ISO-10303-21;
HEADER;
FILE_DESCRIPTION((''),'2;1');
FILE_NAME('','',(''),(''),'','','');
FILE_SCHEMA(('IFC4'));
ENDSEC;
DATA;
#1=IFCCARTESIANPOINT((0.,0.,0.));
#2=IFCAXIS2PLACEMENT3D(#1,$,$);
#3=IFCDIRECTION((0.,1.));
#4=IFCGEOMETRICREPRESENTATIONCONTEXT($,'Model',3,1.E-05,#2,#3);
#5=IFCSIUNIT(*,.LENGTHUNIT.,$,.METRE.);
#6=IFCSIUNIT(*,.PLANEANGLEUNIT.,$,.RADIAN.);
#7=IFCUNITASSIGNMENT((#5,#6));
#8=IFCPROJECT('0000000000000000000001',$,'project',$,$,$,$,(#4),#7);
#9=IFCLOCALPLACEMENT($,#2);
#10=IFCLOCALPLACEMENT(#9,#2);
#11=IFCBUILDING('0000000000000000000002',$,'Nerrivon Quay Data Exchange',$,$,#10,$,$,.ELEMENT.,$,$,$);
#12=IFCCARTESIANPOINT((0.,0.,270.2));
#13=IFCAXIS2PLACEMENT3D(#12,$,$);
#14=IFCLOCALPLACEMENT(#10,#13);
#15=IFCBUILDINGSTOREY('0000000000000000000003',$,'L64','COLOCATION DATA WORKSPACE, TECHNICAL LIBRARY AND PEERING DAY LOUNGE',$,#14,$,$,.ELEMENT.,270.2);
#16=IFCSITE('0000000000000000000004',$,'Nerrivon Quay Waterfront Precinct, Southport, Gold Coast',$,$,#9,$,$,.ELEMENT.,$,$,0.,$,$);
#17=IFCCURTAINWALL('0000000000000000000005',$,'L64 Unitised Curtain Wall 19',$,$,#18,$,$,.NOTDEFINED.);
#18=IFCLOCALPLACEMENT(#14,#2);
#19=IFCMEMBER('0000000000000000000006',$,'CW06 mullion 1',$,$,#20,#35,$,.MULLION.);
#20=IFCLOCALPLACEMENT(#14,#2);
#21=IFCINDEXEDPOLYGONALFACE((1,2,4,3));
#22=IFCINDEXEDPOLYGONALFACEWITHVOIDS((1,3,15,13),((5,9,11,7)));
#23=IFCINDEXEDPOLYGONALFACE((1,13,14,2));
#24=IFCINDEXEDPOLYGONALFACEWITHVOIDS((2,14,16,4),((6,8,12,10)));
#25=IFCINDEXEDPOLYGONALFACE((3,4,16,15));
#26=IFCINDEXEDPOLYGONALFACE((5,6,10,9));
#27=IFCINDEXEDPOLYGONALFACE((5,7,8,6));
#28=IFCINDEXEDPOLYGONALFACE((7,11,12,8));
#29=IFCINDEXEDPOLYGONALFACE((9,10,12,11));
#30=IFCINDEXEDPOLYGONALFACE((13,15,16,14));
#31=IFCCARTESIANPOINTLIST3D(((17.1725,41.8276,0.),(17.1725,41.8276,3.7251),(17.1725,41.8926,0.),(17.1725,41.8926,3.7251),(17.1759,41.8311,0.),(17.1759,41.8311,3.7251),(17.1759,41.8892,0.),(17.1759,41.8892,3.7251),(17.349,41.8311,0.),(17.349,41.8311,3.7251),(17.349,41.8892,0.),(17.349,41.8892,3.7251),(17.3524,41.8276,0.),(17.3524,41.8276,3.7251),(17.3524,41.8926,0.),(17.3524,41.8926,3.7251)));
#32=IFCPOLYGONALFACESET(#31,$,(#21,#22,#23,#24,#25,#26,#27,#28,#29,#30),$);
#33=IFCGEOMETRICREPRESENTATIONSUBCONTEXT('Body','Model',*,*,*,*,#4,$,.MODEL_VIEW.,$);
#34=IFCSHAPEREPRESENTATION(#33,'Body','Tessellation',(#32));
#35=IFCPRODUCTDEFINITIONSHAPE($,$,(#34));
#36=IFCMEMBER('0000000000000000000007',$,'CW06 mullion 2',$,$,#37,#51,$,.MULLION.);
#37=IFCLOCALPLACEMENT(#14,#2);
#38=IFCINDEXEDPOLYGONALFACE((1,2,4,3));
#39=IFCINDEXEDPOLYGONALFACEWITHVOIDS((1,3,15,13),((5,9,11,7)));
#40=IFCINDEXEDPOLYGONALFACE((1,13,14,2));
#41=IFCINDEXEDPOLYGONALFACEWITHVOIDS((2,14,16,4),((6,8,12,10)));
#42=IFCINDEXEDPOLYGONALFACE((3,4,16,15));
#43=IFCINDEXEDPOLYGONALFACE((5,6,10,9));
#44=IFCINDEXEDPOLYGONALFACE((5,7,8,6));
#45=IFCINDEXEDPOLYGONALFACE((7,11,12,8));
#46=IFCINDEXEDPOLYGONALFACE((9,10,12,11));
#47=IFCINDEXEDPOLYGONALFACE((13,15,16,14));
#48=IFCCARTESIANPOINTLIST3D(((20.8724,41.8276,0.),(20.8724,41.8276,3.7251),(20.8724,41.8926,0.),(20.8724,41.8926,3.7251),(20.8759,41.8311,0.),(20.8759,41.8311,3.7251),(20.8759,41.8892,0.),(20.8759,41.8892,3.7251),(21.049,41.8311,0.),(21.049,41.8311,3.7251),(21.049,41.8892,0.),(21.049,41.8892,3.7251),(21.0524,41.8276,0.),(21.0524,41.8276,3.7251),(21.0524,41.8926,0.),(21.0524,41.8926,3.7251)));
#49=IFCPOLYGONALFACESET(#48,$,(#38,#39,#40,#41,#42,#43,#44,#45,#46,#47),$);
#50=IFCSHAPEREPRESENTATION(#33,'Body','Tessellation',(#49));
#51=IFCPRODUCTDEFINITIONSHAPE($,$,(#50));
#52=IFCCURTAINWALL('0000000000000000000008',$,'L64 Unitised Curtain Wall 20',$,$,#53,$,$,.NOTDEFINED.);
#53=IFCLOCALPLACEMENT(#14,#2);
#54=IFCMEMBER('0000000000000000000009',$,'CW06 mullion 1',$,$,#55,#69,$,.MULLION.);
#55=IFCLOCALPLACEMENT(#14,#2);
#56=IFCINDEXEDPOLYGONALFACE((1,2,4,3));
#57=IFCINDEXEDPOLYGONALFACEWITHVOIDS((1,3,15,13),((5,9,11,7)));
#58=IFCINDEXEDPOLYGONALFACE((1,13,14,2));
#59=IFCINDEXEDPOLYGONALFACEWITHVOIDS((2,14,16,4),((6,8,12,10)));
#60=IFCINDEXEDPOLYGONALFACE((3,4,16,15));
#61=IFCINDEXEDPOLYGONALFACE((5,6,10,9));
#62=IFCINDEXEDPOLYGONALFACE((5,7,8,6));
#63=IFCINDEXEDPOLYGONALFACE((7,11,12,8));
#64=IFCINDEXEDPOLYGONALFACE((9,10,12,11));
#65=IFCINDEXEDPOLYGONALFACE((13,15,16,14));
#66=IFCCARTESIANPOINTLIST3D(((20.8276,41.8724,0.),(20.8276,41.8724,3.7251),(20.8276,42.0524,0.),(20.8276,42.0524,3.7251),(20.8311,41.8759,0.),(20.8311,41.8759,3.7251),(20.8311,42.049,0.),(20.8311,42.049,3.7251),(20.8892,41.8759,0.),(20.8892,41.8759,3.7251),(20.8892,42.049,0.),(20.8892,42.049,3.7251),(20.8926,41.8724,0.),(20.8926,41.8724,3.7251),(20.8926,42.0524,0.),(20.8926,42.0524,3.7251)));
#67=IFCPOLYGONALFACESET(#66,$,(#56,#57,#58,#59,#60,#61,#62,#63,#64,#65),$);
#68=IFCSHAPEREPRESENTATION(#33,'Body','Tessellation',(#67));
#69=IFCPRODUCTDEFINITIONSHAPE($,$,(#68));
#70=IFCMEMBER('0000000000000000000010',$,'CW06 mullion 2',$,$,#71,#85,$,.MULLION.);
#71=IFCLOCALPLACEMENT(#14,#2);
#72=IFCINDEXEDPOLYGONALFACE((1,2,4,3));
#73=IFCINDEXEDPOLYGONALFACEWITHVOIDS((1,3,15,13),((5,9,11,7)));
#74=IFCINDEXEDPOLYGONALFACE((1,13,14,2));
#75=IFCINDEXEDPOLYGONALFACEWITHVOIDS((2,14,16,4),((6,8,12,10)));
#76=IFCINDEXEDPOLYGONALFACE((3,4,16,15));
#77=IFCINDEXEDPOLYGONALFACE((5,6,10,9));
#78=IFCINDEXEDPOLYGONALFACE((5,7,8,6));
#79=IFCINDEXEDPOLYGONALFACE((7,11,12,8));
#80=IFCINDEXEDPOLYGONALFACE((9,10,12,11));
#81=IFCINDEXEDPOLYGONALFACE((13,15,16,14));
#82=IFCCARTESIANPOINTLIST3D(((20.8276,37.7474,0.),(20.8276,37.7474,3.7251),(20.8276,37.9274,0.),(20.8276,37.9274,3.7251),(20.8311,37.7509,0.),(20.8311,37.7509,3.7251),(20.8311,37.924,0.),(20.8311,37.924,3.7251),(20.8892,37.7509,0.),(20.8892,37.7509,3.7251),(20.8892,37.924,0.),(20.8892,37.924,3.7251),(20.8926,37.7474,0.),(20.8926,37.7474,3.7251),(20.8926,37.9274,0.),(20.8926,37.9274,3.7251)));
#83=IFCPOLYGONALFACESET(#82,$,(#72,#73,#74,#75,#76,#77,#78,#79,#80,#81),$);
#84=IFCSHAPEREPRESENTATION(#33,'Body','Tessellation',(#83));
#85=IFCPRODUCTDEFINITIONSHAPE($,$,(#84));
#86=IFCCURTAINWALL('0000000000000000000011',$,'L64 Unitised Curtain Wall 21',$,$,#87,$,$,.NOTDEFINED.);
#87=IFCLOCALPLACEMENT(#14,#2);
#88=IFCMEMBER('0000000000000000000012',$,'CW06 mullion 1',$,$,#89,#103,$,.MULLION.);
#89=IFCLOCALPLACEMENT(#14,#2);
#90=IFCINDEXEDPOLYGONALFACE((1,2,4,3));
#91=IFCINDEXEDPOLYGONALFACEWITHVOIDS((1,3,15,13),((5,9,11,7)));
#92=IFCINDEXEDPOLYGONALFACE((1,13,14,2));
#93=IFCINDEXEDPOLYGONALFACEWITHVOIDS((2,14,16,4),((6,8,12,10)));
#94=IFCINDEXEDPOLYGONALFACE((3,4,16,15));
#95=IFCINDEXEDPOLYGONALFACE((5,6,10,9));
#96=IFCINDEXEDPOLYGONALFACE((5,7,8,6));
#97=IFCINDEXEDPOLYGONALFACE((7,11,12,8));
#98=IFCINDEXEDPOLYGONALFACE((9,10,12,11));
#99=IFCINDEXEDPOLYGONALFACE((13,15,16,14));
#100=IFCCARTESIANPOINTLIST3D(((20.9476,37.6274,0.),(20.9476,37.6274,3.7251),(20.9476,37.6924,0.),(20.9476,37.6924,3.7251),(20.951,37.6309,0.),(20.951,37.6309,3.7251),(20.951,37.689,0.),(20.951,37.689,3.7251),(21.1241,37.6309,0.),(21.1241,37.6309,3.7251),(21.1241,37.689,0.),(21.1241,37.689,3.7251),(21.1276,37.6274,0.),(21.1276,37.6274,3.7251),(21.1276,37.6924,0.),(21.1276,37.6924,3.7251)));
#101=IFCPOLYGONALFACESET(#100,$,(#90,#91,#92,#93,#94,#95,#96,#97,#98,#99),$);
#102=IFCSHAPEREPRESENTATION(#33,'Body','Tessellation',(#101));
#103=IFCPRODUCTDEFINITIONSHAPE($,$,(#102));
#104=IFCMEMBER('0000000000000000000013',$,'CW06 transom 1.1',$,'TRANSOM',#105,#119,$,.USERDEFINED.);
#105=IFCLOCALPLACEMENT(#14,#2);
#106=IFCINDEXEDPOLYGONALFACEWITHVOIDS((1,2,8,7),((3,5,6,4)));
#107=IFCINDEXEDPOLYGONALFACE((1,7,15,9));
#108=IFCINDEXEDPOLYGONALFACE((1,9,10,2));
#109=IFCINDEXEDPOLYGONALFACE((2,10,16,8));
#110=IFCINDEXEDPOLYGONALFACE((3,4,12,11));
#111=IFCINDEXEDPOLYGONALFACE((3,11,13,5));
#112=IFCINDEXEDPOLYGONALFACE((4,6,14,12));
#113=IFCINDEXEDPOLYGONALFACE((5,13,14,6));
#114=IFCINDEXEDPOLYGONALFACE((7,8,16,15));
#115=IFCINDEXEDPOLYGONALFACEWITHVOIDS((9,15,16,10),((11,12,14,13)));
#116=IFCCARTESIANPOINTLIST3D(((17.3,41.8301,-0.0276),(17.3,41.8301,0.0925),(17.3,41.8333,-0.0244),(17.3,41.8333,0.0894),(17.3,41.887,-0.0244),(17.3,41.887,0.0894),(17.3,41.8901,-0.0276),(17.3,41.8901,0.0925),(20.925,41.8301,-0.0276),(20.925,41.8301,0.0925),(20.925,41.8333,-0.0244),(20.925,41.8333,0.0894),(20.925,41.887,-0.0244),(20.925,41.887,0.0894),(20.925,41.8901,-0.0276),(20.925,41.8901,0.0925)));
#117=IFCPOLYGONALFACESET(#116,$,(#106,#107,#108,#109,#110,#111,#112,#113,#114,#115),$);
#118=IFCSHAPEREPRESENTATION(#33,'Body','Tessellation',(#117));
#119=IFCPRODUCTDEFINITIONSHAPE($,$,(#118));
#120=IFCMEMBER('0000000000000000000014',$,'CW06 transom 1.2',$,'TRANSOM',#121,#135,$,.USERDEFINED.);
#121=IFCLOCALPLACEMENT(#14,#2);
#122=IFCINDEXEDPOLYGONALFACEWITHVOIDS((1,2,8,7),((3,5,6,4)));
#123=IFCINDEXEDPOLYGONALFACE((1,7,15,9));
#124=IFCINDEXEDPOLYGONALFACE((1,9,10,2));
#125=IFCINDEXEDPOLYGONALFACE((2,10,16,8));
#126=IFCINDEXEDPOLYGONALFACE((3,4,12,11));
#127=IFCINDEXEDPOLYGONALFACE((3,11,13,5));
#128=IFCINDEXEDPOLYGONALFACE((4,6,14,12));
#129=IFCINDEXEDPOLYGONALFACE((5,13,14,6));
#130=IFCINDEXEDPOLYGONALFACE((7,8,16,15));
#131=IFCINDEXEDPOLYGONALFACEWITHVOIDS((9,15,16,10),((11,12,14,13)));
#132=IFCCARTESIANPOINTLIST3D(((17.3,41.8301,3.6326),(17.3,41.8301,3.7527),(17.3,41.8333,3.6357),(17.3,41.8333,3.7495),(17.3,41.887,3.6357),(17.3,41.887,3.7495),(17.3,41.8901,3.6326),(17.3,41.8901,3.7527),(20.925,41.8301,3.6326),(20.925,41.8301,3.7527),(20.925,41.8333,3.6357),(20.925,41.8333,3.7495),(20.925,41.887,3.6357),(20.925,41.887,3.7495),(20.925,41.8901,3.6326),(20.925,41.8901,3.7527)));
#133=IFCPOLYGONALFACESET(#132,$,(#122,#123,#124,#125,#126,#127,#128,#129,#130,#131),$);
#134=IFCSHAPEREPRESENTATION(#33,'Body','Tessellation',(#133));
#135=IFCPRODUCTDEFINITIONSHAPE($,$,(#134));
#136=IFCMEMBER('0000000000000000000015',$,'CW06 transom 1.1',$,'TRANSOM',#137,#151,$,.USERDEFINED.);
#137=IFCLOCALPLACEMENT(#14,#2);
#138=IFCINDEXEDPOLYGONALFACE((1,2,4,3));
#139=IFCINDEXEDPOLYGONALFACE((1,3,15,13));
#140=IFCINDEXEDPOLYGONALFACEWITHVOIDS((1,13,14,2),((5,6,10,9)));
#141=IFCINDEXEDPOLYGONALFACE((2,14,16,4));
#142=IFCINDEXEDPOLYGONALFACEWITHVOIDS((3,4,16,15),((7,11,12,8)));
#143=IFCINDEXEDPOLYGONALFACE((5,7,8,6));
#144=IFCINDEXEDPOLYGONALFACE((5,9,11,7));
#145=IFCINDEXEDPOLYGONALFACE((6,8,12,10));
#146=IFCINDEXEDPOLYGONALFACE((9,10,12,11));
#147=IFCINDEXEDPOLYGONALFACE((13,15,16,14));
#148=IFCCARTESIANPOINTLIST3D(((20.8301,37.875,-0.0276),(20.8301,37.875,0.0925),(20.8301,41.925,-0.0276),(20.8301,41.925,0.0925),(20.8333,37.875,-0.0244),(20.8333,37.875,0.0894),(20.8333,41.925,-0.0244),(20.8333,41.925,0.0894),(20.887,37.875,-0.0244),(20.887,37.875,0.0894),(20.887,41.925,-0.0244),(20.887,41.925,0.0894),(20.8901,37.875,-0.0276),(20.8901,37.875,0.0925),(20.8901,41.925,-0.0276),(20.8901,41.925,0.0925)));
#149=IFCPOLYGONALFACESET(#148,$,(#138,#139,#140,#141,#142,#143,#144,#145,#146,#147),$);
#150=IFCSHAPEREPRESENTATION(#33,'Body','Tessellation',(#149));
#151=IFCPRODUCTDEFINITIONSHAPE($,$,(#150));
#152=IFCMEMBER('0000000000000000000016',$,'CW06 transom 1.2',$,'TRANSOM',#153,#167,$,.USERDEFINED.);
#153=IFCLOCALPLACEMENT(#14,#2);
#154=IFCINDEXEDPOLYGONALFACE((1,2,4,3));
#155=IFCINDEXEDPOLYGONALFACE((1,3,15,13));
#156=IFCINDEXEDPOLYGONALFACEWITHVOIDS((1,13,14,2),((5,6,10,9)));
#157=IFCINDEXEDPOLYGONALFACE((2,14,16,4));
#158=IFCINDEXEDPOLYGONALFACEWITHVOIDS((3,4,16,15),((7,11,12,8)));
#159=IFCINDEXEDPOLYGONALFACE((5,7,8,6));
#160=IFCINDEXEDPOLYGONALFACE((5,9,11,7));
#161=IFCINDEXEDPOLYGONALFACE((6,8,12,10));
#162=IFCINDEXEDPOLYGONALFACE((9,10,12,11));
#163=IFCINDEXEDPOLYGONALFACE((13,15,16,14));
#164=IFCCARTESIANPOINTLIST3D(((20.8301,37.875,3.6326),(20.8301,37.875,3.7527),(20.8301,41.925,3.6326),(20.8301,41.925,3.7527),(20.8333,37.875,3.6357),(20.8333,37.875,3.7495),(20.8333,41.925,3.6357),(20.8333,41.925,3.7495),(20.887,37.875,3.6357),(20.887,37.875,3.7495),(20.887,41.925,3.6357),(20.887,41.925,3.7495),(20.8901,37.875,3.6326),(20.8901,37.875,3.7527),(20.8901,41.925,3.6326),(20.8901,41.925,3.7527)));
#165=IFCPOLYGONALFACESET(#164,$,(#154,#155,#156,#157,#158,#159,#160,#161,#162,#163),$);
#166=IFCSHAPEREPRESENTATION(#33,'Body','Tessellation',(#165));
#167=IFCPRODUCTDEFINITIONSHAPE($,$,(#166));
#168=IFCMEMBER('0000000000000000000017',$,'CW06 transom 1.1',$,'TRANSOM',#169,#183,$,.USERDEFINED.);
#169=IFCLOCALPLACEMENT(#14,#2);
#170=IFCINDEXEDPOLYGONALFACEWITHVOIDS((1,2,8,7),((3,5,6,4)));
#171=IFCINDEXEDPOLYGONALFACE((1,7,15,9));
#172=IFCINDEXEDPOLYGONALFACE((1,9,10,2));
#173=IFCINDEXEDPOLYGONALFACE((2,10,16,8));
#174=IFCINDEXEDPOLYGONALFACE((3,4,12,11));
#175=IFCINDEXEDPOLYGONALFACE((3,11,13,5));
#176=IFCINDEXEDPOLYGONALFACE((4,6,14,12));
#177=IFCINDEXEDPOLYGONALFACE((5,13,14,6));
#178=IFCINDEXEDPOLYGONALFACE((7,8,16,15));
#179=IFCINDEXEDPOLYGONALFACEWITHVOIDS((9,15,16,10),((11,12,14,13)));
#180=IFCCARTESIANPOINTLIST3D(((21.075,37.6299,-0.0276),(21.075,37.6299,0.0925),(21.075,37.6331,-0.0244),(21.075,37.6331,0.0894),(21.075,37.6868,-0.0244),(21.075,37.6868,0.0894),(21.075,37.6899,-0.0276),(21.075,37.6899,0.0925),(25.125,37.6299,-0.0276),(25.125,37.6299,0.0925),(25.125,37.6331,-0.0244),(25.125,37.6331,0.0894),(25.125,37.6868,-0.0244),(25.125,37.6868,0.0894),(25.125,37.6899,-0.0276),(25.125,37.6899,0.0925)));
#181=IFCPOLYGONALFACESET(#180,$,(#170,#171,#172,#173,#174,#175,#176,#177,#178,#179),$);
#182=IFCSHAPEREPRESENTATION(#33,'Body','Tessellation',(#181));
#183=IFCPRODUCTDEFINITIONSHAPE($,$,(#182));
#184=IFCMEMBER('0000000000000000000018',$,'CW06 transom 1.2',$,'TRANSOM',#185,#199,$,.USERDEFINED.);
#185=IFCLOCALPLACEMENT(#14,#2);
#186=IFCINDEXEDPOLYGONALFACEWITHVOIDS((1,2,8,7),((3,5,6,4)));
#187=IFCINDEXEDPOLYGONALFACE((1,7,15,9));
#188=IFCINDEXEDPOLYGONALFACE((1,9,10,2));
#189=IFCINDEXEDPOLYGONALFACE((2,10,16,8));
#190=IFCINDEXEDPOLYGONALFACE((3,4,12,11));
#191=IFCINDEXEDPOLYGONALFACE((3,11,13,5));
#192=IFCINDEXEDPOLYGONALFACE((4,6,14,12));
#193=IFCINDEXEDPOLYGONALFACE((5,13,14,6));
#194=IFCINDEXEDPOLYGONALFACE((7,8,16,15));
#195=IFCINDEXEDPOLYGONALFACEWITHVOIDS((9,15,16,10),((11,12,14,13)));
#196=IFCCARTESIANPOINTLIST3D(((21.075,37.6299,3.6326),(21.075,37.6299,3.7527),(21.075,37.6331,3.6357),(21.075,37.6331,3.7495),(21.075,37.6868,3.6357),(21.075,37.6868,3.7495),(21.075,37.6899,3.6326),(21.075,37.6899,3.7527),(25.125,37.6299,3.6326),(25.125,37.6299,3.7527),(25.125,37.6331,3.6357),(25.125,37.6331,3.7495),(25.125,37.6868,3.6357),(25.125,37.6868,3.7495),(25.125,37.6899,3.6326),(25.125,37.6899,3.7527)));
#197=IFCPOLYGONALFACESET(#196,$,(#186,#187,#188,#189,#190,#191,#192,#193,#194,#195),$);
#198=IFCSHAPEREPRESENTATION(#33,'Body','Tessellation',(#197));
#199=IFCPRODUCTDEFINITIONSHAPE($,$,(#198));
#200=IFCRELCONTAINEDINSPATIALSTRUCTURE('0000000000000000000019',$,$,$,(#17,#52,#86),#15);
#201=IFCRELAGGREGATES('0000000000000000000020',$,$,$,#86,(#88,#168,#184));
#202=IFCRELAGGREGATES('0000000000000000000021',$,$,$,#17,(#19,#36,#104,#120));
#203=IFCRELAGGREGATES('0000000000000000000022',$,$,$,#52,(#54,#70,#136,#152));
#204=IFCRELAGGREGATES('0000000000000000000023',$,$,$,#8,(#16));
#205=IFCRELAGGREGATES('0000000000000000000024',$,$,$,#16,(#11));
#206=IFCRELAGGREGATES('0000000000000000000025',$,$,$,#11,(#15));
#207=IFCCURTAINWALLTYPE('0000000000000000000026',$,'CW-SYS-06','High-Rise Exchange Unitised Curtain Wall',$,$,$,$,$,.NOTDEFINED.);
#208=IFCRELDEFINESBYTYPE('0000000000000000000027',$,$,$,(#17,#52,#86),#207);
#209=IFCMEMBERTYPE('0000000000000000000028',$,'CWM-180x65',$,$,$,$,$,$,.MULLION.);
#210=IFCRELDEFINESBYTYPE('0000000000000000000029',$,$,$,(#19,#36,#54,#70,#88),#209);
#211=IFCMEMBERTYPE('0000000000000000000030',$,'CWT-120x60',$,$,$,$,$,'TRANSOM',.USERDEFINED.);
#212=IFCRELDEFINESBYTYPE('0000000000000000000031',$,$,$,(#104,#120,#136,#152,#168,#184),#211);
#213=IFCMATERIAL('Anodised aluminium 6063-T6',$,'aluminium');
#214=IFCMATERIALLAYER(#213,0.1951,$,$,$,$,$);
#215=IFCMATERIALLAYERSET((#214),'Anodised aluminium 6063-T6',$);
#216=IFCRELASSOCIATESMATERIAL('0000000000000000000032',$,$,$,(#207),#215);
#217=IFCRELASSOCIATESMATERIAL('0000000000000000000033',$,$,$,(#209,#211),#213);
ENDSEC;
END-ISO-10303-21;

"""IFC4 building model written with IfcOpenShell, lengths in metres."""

from ifc_helpers import new_model, si_unit, direction, frame, origin, origin_2d, place, context, subcontext, project, spatial, hollow_rectangle, extrude, material, layer, layer_set, material_profile, profile_set, type_object, element, aggregate, save


model = new_model("IFC4")

# Units and contexts
model_context = context("Model", 3, precision=1e-05, world=origin(), true_north=direction((0.0, 1.0)))
body_context = subcontext(model_context, "Body", "Model", "MODEL_VIEW")
ifc_project = project(units=[si_unit("LENGTHUNIT", "METRE"), si_unit("PLANEANGLEUNIT", "RADIAN")], contexts=[model_context])

# Site, building, storey
site_placement = place(None, origin())
site = spatial("IfcSite", under=ifc_project, at=site_placement, Name="Nerrivon Quay Waterfront Precinct, Southport, Gold Coast", CompositionType="ELEMENT", RefElevation=0.0)
building_placement = place(site_placement, origin())
building = spatial("IfcBuilding", under=site, at=building_placement, Name="Nerrivon Quay Data Exchange", CompositionType="ELEMENT")
storey_placement = place(building_placement, frame((0.0, 0.0, 270.2)))
storey = spatial("IfcBuildingStorey", under=building, at=storey_placement, Name="L64", Description="COLOCATION DATA WORKSPACE, TECHNICAL LIBRARY AND PEERING DAY LOUNGE", CompositionType="ELEMENT", Elevation=270.2)

# Curtain walls, members
ifc_material_1 = material(Name="Anodised aluminium 6063-T6", Category="aluminium")
ifc_layer_1 = layer(ifc_material_1, 0.1951)
ifc_layer_set_1 = layer_set([ifc_layer_1], Name="Anodised aluminium 6063-T6")
curtain_wall_type = type_object("IfcCurtainWallType", Name="CW-SYS-06", Description="High-Rise Exchange Unitised Curtain Wall", PredefinedType="NOTDEFINED", material=ifc_layer_set_1)
curtain_wall_1_placement = place(storey_placement, origin())
curtain_wall_1 = element("IfcCurtainWall", 1, at=curtain_wall_1_placement, inside=storey, type_object=curtain_wall_type, Name="L64 Unitised Curtain Wall 19", PredefinedType="NOTDEFINED")
ifc_material_profile_1 = material_profile(ifc_material_1, hollow_rectangle(XDim=0.0649, YDim=0.1799, WallThickness=0.0034, at=origin_2d()), Name="ALU-MULL-180x65")
ifc_profile_set_1 = profile_set([ifc_material_profile_1], Name="Anodised aluminium 6063-T6")
member_type_1 = type_object("IfcMemberType", Name="CWM-180x65", PredefinedType="MULLION", material=ifc_profile_set_1)
member_1_placement = place(storey_placement, frame((17.2625, 41.8601, 0.0), z_axis=(0.0, 0.0, 1.0), x_axis=(0.0, 1.0, 0.0)))
member_1 = element("IfcMember", 2, at=member_1_placement, type_object=member_type_1, Name="CW06 mullion 1", PredefinedType="MULLION", context=body_context, shape_type="SweptSolid", body=[
    extrude(hollow_rectangle(XDim=0.0649, YDim=0.1799, WallThickness=0.0034, at=origin_2d()), origin(), (0.0, 0.0, 1.0), 3.7251),
])
member_2_placement = place(storey_placement, frame((20.9624, 41.8601, 0.0), z_axis=(0.0, 0.0, 1.0), x_axis=(0.0, 1.0, 0.0)))
member_2 = element("IfcMember", 3, at=member_2_placement, type_object=member_type_1, Name="CW06 mullion 2", PredefinedType="MULLION", context=body_context, shape_type="SweptSolid", body=[
    extrude(hollow_rectangle(XDim=0.0649, YDim=0.1799, WallThickness=0.0034, at=origin_2d()), origin(), (0.0, 0.0, 1.0), 3.7251),
])
curtain_wall_2_placement = place(storey_placement, origin())
curtain_wall_2 = element("IfcCurtainWall", 4, at=curtain_wall_2_placement, inside=storey, type_object=curtain_wall_type, Name="L64 Unitised Curtain Wall 20", PredefinedType="NOTDEFINED")
member_3_placement = place(storey_placement, frame((20.8601, 41.9624, 0.0), z_axis=(0.0, 0.0, 1.0), x_axis=(1.0, 0.0, 0.0)))
member_3 = element("IfcMember", 5, at=member_3_placement, type_object=member_type_1, Name="CW06 mullion 1", PredefinedType="MULLION", context=body_context, shape_type="SweptSolid", body=[
    extrude(hollow_rectangle(XDim=0.0649, YDim=0.1799, WallThickness=0.0034, at=origin_2d()), origin(), (0.0, 0.0, 1.0), 3.7251),
])
member_4_placement = place(storey_placement, frame((20.8601, 37.8374, 0.0), z_axis=(0.0, 0.0, 1.0), x_axis=(1.0, 0.0, 0.0)))
member_4 = element("IfcMember", 6, at=member_4_placement, type_object=member_type_1, Name="CW06 mullion 2", PredefinedType="MULLION", context=body_context, shape_type="SweptSolid", body=[
    extrude(hollow_rectangle(XDim=0.0649, YDim=0.1799, WallThickness=0.0034, at=origin_2d()), origin(), (0.0, 0.0, 1.0), 3.7251),
])

# Curtain wall, member
curtain_wall_3_placement = place(storey_placement, origin())
curtain_wall_3 = element("IfcCurtainWall", 7, at=curtain_wall_3_placement, inside=storey, type_object=curtain_wall_type, Name="L64 Unitised Curtain Wall 21", PredefinedType="NOTDEFINED")
member_5_placement = place(storey_placement, frame((21.0376, 37.6599, 0.0), z_axis=(0.0, 0.0, 1.0), x_axis=(0.0, 1.0, 0.0)))
member_5 = element("IfcMember", 8, at=member_5_placement, type_object=member_type_1, Name="CW06 mullion 1", PredefinedType="MULLION", context=body_context, shape_type="SweptSolid", body=[
    extrude(hollow_rectangle(XDim=0.0649, YDim=0.1799, WallThickness=0.0034, at=origin_2d()), origin(), (0.0, 0.0, 1.0), 3.7251),
])

# Members
ifc_material_profile_2 = material_profile(ifc_material_1, hollow_rectangle(XDim=0.0601, YDim=0.1201, WallThickness=0.0032, at=origin_2d()), Name="ALU-TRAN-120x60")
ifc_profile_set_2 = profile_set([ifc_material_profile_2], Name="Anodised aluminium 6063-T6")
member_type_2 = type_object("IfcMemberType", Name="CWT-120x60", ElementType="TRANSOM", PredefinedType="USERDEFINED", material=ifc_profile_set_2)
member_6_placement = place(storey_placement, frame((17.3, 41.8601, 0.0325), z_axis=(1.0, 0.0, 0.0), x_axis=(0.0, 1.0, 0.0)))
member_6 = element("IfcMember", 9, at=member_6_placement, type_object=member_type_2, Name="CW06 transom 1.1", ObjectType="TRANSOM", PredefinedType="USERDEFINED", context=body_context, shape_type="SweptSolid", body=[
    extrude(hollow_rectangle(XDim=0.0601, YDim=0.1201, WallThickness=0.0032, at=origin_2d()), origin(), (0.0, 0.0, 1.0), 3.625),
])
member_7_placement = place(storey_placement, frame((17.3, 41.8601, 3.6926), z_axis=(1.0, 0.0, 0.0), x_axis=(0.0, 1.0, 0.0)))
member_7 = element("IfcMember", 10, at=member_7_placement, type_object=member_type_2, Name="CW06 transom 1.2", ObjectType="TRANSOM", PredefinedType="USERDEFINED", context=body_context, shape_type="SweptSolid", body=[
    extrude(hollow_rectangle(XDim=0.0601, YDim=0.1201, WallThickness=0.0032, at=origin_2d()), origin(), (0.0, 0.0, 1.0), 3.625),
])
member_8_placement = place(storey_placement, frame((20.8601, 41.925, 0.0325), z_axis=(0.0, -1.0, 0.0), x_axis=(1.0, 0.0, 0.0)))
member_8 = element("IfcMember", 11, at=member_8_placement, type_object=member_type_2, Name="CW06 transom 1.1", ObjectType="TRANSOM", PredefinedType="USERDEFINED", context=body_context, shape_type="SweptSolid", body=[
    extrude(hollow_rectangle(XDim=0.0601, YDim=0.1201, WallThickness=0.0032, at=origin_2d()), origin(), (0.0, 0.0, 1.0), 4.05),
])
member_9_placement = place(storey_placement, frame((20.8601, 41.925, 3.6926), z_axis=(0.0, -1.0, 0.0), x_axis=(1.0, 0.0, 0.0)))
member_9 = element("IfcMember", 12, at=member_9_placement, type_object=member_type_2, Name="CW06 transom 1.2", ObjectType="TRANSOM", PredefinedType="USERDEFINED", context=body_context, shape_type="SweptSolid", body=[
    extrude(hollow_rectangle(XDim=0.0601, YDim=0.1201, WallThickness=0.0032, at=origin_2d()), origin(), (0.0, 0.0, 1.0), 4.05),
])
member_10_placement = place(storey_placement, frame((21.075, 37.6599, 0.0325), z_axis=(1.0, 0.0, 0.0), x_axis=(0.0, 1.0, 0.0)))
member_10 = element("IfcMember", 13, at=member_10_placement, type_object=member_type_2, Name="CW06 transom 1.1", ObjectType="TRANSOM", PredefinedType="USERDEFINED", context=body_context, shape_type="SweptSolid", body=[
    extrude(hollow_rectangle(XDim=0.0601, YDim=0.1201, WallThickness=0.0032, at=origin_2d()), origin(), (0.0, 0.0, 1.0), 4.05),
])
member_11_placement = place(storey_placement, frame((21.075, 37.6599, 3.6926), z_axis=(1.0, 0.0, 0.0), x_axis=(0.0, 1.0, 0.0)))
member_11 = element("IfcMember", 14, at=member_11_placement, type_object=member_type_2, Name="CW06 transom 1.2", ObjectType="TRANSOM", PredefinedType="USERDEFINED", context=body_context, shape_type="SweptSolid", body=[
    extrude(hollow_rectangle(XDim=0.0601, YDim=0.1201, WallThickness=0.0032, at=origin_2d()), origin(), (0.0, 0.0, 1.0), 4.05),
])
aggregate(curtain_wall_3, [member_5, member_10, member_11])

aggregate(curtain_wall_1, [member_1, member_2, member_6, member_7])
aggregate(curtain_wall_2, [member_3, member_4, member_8, member_9])

save(model, "model.ifc")
